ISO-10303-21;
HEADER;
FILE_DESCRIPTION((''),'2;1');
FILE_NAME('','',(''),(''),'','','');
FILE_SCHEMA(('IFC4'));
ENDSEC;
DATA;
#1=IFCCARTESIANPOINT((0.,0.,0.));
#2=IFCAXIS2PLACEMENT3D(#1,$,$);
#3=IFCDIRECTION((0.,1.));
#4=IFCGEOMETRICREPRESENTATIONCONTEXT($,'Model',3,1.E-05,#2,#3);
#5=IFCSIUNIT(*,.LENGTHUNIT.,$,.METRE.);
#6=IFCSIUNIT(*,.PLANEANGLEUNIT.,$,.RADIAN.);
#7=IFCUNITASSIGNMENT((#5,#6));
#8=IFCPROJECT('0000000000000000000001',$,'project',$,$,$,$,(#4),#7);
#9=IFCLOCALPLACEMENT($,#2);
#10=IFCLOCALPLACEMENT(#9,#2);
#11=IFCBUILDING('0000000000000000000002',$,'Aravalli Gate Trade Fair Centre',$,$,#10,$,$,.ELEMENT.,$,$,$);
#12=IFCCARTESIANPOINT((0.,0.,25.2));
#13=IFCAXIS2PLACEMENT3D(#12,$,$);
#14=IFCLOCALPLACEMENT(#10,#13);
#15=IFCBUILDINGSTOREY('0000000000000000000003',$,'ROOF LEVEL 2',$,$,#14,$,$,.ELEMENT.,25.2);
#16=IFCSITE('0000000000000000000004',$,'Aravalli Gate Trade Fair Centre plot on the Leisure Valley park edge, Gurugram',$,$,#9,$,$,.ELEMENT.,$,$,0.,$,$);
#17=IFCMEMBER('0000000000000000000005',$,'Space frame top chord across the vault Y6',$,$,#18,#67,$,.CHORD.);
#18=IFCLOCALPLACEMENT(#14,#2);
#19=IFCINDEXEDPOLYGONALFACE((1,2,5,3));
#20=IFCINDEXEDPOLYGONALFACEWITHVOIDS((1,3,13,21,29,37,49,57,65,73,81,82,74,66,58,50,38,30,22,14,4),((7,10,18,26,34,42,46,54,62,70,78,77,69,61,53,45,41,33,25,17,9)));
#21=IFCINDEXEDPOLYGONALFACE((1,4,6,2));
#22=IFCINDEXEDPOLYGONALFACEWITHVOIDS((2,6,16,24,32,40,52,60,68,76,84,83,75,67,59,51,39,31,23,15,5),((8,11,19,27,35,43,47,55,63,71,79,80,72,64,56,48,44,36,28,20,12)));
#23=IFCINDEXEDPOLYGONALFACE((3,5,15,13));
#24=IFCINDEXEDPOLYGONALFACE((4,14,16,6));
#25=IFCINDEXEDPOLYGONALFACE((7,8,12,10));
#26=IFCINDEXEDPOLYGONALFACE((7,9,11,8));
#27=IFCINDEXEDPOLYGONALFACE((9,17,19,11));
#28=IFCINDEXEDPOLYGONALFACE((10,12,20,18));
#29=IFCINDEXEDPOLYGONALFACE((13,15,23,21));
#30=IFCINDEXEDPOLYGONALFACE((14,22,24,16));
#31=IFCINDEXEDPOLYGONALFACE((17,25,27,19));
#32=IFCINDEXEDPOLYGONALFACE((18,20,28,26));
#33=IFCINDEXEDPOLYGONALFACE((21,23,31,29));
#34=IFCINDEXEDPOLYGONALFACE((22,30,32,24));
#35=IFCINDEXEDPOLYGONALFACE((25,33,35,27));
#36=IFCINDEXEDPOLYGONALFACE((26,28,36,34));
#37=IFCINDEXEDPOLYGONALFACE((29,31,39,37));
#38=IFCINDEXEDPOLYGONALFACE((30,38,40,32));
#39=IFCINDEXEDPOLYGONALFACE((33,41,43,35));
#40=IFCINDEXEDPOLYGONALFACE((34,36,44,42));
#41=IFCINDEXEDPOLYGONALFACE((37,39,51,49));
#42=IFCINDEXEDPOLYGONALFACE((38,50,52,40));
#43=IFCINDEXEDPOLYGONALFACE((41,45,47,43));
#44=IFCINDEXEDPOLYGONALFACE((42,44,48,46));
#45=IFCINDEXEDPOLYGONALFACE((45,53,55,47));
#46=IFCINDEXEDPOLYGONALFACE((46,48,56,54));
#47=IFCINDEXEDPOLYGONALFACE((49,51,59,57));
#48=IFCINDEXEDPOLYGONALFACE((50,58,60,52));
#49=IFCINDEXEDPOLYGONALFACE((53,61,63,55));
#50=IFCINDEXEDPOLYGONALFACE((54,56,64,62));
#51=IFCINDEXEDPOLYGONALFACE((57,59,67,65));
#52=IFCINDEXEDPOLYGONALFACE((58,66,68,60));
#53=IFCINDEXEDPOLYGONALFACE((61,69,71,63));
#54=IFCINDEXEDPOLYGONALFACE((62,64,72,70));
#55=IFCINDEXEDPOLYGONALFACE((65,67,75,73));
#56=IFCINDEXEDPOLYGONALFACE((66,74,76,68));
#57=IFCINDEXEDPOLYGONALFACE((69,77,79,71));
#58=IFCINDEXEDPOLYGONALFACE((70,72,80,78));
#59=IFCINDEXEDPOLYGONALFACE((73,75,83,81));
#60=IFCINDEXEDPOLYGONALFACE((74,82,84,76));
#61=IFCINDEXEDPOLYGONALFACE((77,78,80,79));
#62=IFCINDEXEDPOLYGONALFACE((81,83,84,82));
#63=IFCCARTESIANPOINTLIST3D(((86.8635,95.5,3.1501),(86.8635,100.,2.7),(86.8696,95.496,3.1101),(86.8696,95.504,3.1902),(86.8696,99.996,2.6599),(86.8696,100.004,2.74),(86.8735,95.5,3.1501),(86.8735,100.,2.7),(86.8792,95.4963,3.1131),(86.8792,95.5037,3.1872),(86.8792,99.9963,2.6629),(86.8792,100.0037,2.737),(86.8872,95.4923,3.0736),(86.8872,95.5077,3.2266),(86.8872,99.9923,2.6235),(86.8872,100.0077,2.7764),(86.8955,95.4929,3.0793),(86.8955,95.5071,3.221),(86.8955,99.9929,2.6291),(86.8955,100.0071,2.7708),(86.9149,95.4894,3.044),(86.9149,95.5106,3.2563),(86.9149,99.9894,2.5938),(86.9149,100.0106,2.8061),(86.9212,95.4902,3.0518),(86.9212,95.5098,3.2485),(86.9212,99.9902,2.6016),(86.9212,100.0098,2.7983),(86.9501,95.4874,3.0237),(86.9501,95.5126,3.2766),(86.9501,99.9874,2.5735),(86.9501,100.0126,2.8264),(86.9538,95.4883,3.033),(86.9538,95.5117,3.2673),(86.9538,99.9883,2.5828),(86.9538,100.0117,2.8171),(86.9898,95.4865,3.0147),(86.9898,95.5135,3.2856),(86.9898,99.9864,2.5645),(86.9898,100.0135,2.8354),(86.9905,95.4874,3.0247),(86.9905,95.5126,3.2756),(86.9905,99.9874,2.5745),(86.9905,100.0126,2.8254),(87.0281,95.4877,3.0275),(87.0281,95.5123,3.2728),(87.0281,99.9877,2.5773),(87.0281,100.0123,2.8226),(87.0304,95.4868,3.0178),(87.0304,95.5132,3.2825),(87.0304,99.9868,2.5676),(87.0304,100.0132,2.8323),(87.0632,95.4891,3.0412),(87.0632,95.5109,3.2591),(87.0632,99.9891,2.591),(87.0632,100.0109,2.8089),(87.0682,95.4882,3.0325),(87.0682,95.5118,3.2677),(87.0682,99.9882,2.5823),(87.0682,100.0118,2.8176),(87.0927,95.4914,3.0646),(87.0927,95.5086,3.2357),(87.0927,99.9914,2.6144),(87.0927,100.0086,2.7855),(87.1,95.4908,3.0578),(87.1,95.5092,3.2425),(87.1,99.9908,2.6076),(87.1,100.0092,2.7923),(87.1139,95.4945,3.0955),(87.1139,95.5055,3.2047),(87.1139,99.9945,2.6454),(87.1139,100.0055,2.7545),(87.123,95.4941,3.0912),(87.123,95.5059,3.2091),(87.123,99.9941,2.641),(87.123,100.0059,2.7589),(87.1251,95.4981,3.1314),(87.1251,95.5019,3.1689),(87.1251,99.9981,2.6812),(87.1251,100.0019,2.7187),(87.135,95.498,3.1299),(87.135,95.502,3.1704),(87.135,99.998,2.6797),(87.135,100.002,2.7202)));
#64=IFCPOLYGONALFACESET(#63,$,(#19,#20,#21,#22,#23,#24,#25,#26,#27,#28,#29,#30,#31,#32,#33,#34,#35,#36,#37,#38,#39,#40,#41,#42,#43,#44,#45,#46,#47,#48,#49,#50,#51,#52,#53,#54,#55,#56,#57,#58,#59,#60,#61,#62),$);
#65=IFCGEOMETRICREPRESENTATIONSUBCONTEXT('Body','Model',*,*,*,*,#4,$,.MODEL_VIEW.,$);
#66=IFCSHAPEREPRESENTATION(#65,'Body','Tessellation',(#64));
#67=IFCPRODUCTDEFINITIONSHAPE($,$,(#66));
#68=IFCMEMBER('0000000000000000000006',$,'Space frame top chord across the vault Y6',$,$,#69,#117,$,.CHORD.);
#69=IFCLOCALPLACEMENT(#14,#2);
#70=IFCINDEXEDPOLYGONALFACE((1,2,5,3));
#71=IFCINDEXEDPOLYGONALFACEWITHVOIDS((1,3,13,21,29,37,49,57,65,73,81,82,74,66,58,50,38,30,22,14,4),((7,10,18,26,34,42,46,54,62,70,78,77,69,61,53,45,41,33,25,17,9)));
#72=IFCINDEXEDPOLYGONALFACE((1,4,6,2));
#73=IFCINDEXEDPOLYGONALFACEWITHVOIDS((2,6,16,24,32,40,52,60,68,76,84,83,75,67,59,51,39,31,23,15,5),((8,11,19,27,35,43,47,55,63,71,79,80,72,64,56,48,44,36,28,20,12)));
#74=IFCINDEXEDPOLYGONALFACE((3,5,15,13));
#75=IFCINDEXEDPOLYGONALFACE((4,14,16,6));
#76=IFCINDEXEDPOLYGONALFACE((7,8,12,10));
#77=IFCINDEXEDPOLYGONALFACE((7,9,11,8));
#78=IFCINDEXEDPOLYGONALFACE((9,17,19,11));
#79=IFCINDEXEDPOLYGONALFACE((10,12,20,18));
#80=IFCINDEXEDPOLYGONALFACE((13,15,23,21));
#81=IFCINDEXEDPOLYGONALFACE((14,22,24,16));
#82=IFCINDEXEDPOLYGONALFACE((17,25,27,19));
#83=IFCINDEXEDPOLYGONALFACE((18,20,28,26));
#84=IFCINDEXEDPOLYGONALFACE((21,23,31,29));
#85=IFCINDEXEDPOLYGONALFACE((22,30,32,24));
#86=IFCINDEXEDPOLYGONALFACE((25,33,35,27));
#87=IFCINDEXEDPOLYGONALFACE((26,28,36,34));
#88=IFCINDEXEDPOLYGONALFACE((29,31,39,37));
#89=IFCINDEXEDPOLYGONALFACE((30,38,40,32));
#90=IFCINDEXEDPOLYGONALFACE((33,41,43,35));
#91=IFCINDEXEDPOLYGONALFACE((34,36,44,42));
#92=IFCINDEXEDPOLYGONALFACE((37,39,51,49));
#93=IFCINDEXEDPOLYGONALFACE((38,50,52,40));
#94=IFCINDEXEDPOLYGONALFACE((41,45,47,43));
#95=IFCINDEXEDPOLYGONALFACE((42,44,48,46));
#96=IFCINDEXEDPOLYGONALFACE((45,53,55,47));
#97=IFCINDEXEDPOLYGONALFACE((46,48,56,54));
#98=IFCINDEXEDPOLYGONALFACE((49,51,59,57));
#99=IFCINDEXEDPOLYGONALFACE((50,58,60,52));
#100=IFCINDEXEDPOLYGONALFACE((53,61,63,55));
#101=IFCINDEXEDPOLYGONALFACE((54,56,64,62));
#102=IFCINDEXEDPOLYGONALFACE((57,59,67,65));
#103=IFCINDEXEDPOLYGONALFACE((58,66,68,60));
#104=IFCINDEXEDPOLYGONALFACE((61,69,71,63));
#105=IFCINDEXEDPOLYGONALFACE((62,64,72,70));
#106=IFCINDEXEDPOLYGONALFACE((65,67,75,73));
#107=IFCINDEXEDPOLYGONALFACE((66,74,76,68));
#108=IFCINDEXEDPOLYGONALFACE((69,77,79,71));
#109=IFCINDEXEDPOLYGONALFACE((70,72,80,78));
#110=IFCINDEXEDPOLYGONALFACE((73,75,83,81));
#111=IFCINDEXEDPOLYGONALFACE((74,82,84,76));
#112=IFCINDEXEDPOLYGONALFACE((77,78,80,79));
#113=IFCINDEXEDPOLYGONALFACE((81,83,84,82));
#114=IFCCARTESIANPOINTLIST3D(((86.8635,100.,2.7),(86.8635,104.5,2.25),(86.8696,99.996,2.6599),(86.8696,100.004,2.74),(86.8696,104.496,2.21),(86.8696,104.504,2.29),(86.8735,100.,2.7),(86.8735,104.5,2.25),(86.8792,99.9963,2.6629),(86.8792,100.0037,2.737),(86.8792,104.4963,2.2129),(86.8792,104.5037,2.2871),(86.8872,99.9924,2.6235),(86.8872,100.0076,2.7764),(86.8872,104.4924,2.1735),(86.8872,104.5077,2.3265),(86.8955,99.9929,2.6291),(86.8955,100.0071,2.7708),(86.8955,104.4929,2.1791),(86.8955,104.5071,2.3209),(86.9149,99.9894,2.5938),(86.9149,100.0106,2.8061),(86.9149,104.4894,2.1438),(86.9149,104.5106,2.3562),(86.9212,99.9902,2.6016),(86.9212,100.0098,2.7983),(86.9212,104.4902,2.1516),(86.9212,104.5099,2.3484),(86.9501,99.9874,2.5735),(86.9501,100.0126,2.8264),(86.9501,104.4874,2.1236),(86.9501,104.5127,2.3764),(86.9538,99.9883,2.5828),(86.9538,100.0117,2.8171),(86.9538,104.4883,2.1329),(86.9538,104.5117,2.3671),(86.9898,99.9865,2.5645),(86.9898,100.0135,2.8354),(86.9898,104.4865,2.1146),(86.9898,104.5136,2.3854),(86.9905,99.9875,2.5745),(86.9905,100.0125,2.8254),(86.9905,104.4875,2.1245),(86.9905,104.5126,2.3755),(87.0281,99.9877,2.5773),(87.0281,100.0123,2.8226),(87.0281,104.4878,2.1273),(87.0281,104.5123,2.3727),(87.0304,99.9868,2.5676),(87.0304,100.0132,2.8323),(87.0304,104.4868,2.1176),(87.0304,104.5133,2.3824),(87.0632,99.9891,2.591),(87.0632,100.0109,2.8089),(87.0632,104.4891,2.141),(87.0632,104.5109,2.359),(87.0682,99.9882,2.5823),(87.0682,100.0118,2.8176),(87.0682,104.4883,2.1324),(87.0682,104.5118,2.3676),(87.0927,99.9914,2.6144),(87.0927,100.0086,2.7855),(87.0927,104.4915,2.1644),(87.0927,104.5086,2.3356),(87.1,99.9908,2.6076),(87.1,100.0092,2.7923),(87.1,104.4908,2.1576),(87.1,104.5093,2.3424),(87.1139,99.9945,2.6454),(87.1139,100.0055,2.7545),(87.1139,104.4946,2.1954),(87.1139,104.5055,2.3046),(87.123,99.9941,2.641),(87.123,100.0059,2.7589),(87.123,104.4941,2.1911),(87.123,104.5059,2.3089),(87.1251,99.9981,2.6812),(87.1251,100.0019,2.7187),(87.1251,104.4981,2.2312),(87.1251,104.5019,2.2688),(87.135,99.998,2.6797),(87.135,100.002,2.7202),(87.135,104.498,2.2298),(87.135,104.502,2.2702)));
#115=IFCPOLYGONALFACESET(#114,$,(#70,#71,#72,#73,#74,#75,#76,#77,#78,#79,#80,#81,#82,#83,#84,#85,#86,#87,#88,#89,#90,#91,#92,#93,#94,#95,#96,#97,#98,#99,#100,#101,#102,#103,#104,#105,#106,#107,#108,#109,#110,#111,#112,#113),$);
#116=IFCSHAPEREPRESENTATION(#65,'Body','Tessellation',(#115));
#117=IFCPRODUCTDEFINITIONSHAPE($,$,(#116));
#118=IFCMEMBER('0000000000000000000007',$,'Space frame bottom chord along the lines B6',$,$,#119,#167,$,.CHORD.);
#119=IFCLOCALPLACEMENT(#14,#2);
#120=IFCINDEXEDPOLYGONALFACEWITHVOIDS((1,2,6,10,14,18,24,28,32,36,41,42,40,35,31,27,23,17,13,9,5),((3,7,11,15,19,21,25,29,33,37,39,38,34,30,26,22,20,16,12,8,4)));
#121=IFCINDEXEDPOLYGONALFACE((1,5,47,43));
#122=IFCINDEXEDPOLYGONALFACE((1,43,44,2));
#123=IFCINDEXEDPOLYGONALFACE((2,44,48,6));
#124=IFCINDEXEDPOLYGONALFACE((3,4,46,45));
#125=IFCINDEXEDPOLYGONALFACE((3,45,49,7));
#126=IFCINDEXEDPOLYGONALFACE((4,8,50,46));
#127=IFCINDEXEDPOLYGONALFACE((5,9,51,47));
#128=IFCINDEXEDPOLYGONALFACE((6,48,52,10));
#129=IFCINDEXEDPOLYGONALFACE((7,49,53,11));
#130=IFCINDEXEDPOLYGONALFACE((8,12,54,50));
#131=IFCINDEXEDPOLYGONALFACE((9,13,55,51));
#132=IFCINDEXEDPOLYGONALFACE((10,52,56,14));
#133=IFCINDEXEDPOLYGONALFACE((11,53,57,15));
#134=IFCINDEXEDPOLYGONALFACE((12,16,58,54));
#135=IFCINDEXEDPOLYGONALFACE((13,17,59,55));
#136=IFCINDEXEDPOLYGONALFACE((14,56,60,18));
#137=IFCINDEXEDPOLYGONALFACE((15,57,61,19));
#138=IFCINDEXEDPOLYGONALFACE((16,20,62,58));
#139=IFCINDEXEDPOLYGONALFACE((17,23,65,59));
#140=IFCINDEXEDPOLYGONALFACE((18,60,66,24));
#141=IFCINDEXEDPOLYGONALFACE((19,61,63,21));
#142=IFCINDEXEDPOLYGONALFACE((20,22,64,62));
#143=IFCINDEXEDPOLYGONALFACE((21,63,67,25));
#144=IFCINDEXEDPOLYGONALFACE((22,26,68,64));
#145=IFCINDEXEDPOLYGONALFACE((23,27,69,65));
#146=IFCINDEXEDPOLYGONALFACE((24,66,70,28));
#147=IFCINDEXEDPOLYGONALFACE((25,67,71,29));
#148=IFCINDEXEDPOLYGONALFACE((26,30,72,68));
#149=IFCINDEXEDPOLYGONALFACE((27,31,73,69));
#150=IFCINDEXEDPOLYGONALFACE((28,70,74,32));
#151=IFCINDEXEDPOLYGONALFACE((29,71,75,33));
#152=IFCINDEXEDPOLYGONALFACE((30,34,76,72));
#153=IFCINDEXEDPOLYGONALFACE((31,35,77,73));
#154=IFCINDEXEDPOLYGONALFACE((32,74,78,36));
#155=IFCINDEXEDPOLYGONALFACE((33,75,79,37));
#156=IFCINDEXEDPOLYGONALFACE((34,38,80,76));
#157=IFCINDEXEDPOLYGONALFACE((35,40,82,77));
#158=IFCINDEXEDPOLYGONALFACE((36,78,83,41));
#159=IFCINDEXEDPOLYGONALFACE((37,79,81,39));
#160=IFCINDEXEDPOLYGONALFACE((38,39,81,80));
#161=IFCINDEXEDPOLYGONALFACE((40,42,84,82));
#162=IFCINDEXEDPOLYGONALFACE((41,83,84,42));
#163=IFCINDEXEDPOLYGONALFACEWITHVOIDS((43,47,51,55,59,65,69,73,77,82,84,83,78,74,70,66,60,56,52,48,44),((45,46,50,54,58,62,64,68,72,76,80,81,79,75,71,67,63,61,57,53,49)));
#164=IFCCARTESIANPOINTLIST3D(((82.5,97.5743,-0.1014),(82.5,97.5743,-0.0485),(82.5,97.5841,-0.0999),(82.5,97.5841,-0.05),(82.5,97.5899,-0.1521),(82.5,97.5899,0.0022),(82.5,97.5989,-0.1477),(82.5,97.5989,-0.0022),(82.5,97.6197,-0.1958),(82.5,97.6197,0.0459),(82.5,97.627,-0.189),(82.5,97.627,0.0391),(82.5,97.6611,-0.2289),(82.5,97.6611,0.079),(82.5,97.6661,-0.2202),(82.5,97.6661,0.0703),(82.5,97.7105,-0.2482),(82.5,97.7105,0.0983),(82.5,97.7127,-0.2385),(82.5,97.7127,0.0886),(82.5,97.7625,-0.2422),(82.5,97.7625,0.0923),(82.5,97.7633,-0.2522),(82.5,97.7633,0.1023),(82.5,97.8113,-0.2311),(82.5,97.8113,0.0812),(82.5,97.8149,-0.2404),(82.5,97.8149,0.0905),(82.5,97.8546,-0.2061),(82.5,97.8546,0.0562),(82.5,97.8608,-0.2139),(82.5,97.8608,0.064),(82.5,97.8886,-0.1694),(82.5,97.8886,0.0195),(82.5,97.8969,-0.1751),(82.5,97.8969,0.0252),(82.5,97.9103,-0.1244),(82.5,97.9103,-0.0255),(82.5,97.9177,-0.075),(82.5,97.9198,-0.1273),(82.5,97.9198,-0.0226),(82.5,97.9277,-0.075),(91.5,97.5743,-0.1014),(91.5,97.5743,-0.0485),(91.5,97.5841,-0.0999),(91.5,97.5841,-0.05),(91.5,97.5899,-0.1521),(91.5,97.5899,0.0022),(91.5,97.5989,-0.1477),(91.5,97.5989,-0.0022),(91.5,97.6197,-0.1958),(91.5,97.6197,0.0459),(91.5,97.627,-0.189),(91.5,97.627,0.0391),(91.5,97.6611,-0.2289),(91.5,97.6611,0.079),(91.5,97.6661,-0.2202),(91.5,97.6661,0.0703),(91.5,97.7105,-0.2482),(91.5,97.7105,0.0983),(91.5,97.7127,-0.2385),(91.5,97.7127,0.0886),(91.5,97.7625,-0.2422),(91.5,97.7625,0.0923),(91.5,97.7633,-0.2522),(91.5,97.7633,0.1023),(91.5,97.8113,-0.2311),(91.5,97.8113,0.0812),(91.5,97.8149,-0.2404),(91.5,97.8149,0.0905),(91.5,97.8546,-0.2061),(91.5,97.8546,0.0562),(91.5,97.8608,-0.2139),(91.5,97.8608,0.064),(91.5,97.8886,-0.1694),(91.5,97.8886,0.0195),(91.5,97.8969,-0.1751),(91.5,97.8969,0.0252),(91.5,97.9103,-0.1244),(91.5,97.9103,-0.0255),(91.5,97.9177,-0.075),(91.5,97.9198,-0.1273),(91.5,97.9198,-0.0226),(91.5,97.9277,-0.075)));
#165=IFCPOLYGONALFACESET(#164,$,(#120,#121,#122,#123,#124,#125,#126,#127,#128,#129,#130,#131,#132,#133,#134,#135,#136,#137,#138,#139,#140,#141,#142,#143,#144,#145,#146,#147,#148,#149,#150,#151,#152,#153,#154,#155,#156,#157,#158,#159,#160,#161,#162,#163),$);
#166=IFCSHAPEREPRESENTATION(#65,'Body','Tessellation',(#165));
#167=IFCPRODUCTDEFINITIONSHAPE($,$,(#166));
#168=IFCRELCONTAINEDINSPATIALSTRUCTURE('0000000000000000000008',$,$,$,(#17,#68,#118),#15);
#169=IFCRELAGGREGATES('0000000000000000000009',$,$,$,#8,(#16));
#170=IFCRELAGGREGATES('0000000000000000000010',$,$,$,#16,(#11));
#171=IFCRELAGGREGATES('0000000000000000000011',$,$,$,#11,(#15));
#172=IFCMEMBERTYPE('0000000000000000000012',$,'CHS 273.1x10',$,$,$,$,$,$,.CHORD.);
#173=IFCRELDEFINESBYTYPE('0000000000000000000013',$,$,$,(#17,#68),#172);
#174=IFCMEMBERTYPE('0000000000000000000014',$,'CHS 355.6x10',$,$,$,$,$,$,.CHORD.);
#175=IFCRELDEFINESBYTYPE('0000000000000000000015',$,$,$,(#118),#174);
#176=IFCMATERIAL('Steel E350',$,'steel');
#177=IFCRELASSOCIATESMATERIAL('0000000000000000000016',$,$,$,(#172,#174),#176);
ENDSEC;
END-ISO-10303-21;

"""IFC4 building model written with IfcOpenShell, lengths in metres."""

from ifc_helpers import new_model, si_unit, direction, frame, origin, origin_2d, place, context, subcontext, project, spatial, hollow_circle, extrude, material, material_profile, profile_set, type_object, element, save


model = new_model("IFC4")

# Units and contexts
model_context = context("Model", 3, precision=1e-05, world=origin(), true_north=direction((0.0, 1.0)))
body_context = subcontext(model_context, "Body", "Model", "MODEL_VIEW")
ifc_project = project(units=[si_unit("LENGTHUNIT", "METRE"), si_unit("PLANEANGLEUNIT", "RADIAN")], contexts=[model_context])

# Site, building, storey
site_placement = place(None, origin())
site = spatial("IfcSite", under=ifc_project, at=site_placement, Name="Aravalli Gate Trade Fair Centre plot on the Leisure Valley park edge, Gurugram", CompositionType="ELEMENT", RefElevation=0.0)
building_placement = place(site_placement, origin())
building = spatial("IfcBuilding", under=site, at=building_placement, Name="Aravalli Gate Trade Fair Centre", CompositionType="ELEMENT")
storey_placement = place(building_placement, frame((0.0, 0.0, 25.2)))
storey = spatial("IfcBuildingStorey", under=building, at=storey_placement, Name="ROOF LEVEL 2", CompositionType="ELEMENT", Elevation=25.2)

# Members
ifc_material_1 = material(Name="Steel E350", Category="steel")
ifc_material_profile_1 = material_profile(ifc_material_1, hollow_circle(Radius=0.1365, WallThickness=0.01, at=origin_2d()), Name="CHS 273.1x10")
ifc_profile_set_1 = profile_set([ifc_material_profile_1], Name="Steel E350")
member_type_1 = type_object("IfcMemberType", Name="CHS 273.1x10", PredefinedType="CHORD", material=ifc_profile_set_1)
for number, where, z_axis, x_axis, name in (
    (1, (87.0, 95.5, 3.1501), (0.0, 0.995033, -0.099546), (-1.0, 0.0, 0.0), "Space frame top chord across the vault Y6"),
    (2, (87.0, 100.0, 2.7), (0.0, 0.995038, -0.099493), (-1.0, 0.0, 0.0), "Space frame top chord across the vault Y6"),
):
    element("IfcMember", number, at=place(storey_placement, frame(where, z_axis=z_axis, x_axis=x_axis)), inside=storey, type_object=member_type_1, Name=name, PredefinedType="CHORD", context=body_context, shape_type="SweptSolid", body=[
        extrude(hollow_circle(Radius=0.1365, WallThickness=0.01, at=origin_2d()), origin(), (0.0, 0.0, 1.0), 4.5225),
    ])
ifc_material_profile_2 = material_profile(ifc_material_1, hollow_circle(Radius=0.1777, WallThickness=0.01, at=origin_2d()), Name="CHS 355.6x10")
ifc_profile_set_2 = profile_set([ifc_material_profile_2], Name="Steel E350")
member_type_2 = type_object("IfcMemberType", Name="CHS 355.6x10", PredefinedType="CHORD", material=ifc_profile_set_2)
for number, where, z_axis, x_axis, name in (
    (3, (82.5, 97.75, -0.075), (1.0, 0.0, 0.0), (0.0, 1.0, 0.0), "Space frame bottom chord along the lines B6"),
):
    element("IfcMember", number, at=place(storey_placement, frame(where, z_axis=z_axis, x_axis=x_axis)), inside=storey, type_object=member_type_2, Name=name, PredefinedType="CHORD", context=body_context, shape_type="SweptSolid", body=[
        extrude(hollow_circle(Radius=0.1777, WallThickness=0.01, at=origin_2d()), origin(), (0.0, 0.0, 1.0), 9.0),
    ])

save(model, "model.ifc")
